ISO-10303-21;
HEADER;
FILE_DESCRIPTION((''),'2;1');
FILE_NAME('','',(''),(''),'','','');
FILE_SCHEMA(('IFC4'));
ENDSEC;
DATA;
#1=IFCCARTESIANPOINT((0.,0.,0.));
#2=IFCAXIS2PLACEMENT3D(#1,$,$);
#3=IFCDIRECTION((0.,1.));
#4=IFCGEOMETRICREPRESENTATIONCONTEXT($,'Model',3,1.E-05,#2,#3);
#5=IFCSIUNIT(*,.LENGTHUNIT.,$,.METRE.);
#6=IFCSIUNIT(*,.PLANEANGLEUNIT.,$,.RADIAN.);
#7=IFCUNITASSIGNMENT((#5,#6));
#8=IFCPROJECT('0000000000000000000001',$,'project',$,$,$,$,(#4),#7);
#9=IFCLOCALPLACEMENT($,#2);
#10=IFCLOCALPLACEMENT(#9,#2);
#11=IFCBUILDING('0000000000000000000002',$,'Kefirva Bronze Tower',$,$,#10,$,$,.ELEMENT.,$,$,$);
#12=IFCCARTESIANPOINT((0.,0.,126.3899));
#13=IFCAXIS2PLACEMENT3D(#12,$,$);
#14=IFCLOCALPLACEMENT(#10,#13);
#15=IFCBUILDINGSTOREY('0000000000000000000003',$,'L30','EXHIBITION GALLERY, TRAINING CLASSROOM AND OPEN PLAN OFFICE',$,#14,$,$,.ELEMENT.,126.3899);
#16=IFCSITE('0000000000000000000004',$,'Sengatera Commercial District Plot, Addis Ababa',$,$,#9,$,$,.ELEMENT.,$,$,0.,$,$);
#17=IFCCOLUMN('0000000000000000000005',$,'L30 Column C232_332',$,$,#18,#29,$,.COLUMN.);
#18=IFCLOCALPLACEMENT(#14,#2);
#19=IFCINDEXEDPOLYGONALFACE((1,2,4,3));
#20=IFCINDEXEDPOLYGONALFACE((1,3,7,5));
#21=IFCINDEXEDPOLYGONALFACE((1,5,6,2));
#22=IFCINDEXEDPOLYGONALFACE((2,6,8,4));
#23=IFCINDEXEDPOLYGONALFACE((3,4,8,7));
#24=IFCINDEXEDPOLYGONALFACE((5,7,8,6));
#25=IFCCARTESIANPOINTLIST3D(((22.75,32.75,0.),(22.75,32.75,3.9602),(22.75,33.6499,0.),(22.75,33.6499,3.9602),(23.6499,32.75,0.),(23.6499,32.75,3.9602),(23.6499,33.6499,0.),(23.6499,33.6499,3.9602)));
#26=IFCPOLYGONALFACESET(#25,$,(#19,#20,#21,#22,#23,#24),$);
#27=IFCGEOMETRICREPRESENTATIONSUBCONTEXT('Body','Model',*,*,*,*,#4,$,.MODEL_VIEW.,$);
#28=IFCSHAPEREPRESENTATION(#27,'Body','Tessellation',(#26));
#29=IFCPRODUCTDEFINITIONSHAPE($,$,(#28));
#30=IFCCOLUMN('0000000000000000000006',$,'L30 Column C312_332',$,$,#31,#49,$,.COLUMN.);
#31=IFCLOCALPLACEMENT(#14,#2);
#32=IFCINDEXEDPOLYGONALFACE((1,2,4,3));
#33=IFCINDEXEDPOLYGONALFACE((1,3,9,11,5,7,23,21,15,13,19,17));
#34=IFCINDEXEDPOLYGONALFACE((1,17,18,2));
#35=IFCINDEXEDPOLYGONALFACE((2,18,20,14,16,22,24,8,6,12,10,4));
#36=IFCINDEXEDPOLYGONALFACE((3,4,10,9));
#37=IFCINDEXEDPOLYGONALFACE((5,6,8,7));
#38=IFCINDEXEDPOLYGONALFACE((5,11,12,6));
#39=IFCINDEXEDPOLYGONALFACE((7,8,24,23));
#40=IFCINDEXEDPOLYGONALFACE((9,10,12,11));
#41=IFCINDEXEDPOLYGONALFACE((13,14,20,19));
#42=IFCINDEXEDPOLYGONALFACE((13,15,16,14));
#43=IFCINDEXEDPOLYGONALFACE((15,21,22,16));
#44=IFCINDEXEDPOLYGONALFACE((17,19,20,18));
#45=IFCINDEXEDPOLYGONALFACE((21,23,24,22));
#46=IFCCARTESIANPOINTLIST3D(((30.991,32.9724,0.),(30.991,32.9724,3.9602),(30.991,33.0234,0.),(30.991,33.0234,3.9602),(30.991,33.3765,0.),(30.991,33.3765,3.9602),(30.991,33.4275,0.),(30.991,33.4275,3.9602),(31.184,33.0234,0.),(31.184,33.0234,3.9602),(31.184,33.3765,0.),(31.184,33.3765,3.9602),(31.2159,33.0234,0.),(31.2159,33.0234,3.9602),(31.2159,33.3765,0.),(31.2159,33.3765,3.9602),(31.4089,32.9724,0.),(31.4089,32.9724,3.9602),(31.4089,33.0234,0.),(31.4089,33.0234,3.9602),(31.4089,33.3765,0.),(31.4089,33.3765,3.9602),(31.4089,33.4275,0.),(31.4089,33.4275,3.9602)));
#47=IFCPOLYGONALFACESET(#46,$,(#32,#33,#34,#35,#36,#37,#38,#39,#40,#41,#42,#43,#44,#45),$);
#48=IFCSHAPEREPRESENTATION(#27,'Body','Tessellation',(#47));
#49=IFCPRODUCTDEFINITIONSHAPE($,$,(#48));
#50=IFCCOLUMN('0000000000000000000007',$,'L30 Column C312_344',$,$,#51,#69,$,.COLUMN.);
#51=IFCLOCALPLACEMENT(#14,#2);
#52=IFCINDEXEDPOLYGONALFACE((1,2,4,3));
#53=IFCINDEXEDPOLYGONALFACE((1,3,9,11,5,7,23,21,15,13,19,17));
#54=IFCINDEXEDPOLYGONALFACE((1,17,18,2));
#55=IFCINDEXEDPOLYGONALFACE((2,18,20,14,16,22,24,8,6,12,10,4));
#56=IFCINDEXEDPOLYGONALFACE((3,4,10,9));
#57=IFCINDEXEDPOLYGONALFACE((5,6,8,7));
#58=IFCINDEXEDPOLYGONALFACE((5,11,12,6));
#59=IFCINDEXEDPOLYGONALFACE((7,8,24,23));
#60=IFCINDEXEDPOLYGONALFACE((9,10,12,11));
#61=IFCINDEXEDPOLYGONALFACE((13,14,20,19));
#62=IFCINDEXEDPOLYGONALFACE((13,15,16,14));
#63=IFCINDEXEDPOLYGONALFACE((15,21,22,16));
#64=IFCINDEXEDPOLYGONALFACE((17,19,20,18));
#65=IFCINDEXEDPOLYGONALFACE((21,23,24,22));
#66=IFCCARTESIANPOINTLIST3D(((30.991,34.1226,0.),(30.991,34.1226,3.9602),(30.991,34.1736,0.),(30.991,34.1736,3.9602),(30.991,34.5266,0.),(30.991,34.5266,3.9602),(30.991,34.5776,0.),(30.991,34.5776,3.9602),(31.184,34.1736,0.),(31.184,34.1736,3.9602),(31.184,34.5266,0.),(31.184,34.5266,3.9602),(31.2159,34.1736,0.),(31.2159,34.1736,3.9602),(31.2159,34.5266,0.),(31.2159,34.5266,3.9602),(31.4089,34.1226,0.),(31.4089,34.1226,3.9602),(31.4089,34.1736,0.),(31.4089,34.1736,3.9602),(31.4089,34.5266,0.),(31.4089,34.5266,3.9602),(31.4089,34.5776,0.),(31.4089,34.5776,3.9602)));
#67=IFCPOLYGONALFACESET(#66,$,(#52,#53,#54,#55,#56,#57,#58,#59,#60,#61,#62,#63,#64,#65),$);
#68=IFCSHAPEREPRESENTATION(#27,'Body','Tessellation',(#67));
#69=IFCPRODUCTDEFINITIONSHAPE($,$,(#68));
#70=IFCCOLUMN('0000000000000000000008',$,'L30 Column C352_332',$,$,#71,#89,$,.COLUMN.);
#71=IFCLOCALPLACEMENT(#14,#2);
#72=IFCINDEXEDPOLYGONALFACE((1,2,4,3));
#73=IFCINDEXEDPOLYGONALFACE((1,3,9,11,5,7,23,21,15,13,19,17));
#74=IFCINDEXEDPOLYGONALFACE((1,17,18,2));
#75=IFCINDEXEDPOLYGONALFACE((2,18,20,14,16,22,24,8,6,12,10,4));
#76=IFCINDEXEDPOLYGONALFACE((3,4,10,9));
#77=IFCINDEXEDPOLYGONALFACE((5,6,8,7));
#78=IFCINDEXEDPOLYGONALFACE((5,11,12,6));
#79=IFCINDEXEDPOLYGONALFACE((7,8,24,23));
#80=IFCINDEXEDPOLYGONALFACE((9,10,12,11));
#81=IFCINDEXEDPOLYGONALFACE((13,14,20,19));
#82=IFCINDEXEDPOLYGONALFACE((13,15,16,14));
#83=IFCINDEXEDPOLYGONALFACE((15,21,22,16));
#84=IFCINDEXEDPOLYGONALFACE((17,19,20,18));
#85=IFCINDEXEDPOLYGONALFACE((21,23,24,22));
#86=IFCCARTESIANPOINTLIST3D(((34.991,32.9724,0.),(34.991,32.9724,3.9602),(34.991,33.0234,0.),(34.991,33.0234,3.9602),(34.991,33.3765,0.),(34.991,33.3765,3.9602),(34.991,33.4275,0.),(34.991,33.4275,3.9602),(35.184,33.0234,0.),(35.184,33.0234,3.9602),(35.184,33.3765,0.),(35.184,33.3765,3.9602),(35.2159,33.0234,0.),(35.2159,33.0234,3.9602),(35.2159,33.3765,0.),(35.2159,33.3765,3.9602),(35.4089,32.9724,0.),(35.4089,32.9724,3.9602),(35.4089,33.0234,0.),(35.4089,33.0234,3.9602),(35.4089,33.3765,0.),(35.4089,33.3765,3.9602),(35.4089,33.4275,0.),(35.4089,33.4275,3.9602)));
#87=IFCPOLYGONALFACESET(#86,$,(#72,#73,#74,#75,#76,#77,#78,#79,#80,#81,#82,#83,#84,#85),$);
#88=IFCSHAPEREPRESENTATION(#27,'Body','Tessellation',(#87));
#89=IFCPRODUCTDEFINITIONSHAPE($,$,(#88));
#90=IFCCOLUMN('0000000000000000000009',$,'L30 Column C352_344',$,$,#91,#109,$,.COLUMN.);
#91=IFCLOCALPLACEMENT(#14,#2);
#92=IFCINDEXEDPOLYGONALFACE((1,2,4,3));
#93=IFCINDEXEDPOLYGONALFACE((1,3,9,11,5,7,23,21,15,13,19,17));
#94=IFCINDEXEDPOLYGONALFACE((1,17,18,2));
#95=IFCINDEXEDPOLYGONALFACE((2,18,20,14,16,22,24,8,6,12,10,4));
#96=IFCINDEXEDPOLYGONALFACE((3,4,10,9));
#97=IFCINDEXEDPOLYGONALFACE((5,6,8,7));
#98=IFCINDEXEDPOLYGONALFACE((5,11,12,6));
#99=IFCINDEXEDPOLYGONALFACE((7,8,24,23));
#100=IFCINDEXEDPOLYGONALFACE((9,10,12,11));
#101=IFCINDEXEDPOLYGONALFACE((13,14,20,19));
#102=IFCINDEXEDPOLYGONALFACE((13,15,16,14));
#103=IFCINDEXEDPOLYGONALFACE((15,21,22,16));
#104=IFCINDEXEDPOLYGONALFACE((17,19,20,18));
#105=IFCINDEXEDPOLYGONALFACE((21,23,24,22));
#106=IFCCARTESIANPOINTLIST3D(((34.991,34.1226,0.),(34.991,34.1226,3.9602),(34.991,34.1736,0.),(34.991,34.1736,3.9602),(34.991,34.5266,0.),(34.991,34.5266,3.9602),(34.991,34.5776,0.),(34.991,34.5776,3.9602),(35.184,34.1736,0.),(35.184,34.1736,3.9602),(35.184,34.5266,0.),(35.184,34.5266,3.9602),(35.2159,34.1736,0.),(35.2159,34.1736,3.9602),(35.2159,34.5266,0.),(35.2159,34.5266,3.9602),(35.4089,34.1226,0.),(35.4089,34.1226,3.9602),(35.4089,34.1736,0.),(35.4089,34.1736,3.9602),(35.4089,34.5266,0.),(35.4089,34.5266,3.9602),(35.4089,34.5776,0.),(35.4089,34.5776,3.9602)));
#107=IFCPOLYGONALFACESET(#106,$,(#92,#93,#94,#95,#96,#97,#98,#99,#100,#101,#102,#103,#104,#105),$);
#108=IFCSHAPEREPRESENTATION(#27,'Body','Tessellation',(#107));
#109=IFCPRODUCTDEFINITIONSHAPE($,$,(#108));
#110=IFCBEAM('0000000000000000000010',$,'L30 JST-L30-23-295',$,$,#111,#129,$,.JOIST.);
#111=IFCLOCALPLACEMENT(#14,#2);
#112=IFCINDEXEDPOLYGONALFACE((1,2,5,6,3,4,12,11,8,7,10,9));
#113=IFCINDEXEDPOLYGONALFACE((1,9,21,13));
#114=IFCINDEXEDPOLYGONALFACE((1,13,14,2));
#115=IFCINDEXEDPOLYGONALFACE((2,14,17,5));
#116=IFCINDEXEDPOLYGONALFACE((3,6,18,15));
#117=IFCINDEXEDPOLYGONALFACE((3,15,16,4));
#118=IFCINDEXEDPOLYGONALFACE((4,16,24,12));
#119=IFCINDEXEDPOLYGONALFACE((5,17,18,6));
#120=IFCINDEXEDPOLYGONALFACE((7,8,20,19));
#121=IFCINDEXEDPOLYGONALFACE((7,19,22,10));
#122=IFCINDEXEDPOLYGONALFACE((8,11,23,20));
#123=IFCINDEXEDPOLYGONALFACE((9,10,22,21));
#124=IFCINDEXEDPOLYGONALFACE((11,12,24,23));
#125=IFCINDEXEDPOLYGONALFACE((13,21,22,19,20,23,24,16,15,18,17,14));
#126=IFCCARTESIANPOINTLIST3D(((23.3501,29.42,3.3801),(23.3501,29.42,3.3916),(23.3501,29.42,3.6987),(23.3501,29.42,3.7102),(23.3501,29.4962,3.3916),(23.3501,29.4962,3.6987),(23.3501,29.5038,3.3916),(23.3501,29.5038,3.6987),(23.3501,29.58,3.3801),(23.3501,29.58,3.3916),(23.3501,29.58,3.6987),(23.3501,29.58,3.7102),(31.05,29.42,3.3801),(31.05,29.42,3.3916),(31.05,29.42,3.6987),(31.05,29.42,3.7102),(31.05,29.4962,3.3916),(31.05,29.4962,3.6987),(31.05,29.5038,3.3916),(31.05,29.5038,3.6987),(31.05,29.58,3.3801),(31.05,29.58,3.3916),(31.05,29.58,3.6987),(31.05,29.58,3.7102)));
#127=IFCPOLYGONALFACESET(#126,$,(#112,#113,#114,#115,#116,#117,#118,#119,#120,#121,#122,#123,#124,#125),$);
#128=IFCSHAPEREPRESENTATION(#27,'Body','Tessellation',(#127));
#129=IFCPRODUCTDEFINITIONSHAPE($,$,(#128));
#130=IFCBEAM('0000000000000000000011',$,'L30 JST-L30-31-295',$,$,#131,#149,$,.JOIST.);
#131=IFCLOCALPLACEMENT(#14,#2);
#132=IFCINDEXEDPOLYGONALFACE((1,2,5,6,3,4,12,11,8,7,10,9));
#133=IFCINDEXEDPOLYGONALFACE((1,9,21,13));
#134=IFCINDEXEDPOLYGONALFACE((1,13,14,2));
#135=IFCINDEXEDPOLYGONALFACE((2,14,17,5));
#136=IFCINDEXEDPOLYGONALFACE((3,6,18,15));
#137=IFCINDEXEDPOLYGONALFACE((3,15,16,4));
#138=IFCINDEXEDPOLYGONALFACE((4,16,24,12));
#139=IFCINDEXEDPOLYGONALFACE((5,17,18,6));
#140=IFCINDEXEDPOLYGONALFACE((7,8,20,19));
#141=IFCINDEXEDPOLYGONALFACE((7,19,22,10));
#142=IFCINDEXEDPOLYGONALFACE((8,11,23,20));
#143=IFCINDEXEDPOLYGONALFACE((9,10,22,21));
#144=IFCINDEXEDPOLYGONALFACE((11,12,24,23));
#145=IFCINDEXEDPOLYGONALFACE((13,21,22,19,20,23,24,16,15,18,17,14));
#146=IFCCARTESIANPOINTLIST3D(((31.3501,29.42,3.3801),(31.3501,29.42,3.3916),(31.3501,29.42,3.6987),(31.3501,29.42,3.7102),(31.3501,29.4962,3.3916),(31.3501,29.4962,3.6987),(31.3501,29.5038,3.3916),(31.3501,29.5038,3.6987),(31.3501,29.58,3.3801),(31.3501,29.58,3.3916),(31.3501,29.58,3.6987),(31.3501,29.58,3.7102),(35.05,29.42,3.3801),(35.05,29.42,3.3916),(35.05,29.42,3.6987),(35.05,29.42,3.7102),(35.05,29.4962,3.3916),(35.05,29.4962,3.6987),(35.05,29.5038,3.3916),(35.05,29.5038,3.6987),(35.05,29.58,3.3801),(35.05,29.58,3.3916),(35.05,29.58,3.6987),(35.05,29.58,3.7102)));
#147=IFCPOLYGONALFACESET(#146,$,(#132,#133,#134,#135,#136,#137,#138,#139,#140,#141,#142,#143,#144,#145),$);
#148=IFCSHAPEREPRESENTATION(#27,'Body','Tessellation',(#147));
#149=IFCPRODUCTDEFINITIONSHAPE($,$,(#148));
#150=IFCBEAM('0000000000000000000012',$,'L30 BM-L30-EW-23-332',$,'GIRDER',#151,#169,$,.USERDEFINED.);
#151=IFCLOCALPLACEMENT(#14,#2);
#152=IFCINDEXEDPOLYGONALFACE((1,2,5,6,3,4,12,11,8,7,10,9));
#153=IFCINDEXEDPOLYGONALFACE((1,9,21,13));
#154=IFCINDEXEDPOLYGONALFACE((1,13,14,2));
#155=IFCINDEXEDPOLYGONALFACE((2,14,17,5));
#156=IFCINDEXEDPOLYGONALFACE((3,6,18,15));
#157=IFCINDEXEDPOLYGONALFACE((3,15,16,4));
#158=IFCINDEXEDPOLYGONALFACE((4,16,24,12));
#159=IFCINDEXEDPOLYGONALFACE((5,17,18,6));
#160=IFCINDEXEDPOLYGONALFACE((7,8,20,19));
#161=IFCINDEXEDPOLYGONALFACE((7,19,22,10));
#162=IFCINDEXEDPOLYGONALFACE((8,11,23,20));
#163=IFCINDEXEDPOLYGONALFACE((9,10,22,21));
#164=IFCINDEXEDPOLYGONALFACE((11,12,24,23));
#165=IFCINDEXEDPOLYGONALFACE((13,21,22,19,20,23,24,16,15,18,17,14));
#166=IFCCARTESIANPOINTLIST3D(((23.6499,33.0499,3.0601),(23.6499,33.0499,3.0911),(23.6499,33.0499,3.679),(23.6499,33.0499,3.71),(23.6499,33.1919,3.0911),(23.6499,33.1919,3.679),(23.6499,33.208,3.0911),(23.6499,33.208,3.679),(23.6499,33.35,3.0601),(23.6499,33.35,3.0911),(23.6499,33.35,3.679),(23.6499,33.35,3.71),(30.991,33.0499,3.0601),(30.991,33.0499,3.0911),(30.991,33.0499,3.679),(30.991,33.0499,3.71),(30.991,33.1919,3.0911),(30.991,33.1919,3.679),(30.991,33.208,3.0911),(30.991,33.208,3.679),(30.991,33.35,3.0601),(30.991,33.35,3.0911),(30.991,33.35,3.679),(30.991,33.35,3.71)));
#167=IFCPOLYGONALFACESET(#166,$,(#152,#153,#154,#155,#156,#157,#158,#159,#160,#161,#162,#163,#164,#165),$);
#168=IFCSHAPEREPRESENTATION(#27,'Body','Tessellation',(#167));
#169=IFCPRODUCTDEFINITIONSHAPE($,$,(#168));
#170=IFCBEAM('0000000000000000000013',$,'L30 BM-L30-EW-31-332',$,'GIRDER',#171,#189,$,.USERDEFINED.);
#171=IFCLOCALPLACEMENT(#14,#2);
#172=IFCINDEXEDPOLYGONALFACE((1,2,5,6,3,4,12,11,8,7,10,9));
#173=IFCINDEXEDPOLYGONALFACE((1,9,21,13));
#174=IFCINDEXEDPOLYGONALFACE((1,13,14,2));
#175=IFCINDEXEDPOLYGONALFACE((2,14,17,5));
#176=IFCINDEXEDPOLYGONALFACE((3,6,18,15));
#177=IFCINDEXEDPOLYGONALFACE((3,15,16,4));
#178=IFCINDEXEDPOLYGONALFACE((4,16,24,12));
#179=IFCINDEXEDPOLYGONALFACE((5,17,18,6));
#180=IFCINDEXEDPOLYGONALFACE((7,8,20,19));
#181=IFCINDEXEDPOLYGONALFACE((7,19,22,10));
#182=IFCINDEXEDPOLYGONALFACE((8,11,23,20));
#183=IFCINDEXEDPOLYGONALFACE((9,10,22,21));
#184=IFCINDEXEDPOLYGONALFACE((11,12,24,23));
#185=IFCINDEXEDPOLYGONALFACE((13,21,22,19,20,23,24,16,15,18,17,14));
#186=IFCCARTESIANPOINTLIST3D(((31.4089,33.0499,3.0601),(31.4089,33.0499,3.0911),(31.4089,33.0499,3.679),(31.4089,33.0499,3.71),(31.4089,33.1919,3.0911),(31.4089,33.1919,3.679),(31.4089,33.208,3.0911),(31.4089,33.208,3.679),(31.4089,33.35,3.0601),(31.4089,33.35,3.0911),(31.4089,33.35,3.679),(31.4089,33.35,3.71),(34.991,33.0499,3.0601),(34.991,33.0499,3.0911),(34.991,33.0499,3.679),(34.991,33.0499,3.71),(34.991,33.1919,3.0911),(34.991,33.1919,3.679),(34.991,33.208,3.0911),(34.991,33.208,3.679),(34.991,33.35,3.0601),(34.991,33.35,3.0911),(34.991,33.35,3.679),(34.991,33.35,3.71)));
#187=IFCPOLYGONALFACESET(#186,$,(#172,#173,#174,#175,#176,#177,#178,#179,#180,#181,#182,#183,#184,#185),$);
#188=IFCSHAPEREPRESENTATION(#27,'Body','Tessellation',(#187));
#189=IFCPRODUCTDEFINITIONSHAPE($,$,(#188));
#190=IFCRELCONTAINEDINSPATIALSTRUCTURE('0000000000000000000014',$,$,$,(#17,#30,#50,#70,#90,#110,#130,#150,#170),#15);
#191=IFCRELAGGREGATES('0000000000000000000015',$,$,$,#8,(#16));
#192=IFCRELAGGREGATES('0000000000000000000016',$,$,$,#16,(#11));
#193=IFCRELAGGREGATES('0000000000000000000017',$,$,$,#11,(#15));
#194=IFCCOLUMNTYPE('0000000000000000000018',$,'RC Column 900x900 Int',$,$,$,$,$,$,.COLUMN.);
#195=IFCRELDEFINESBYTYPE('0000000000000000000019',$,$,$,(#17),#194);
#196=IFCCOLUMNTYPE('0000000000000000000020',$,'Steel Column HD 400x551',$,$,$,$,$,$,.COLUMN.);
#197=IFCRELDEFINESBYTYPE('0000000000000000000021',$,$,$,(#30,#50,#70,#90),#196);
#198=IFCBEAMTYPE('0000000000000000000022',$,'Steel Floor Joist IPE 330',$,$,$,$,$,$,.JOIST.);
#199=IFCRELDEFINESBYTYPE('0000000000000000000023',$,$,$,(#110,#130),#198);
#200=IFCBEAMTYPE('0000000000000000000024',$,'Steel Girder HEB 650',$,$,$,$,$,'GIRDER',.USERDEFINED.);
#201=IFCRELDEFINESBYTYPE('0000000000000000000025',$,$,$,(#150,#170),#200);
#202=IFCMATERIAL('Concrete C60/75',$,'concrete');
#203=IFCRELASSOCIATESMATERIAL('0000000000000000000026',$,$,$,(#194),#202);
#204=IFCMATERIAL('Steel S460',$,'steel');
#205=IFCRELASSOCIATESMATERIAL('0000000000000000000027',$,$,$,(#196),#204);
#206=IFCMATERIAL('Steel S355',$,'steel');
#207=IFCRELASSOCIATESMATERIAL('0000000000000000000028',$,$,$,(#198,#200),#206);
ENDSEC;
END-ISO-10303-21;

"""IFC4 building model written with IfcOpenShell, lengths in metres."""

from ifc_helpers import new_model, si_unit, direction, frame, origin, origin_2d, place, context, subcontext, project, spatial, rectangle, i_section, extrude, material, material_profile, profile_set, type_object, element, save


model = new_model("IFC4")

# Units and contexts
model_context = context("Model", 3, precision=1e-05, world=origin(), true_north=direction((0.0, 1.0)))
body_context = subcontext(model_context, "Body", "Model", "MODEL_VIEW")
ifc_project = project(units=[si_unit("LENGTHUNIT", "METRE"), si_unit("PLANEANGLEUNIT", "RADIAN")], contexts=[model_context])

# Site, building, storey
site_placement = place(None, origin())
site = spatial("IfcSite", under=ifc_project, at=site_placement, Name="Sengatera Commercial District Plot, Addis Ababa", CompositionType="ELEMENT", RefElevation=0.0)
building_placement = place(site_placement, origin())
building = spatial("IfcBuilding", under=site, at=building_placement, Name="Kefirva Bronze Tower", CompositionType="ELEMENT")
storey_placement = place(building_placement, frame((0.0, 0.0, 126.3899)))
storey = spatial("IfcBuildingStorey", under=building, at=storey_placement, Name="L30", Description="EXHIBITION GALLERY, TRAINING CLASSROOM AND OPEN PLAN OFFICE", CompositionType="ELEMENT", Elevation=126.3899)

# Columns
ifc_material_1 = material(Name="Concrete C60/75", Category="concrete")
ifc_material_profile_1 = material_profile(ifc_material_1, rectangle(XDim=0.8999, YDim=0.8999, at=origin_2d()), Name="RC 900x900")
ifc_profile_set_1 = profile_set([ifc_material_profile_1], Name="Concrete C60/75")
column_type_1 = type_object("IfcColumnType", Name="RC Column 900x900 Int", PredefinedType="COLUMN", material=ifc_profile_set_1)
column_placement = place(storey_placement, frame((23.2, 33.2, 0.0), z_axis=(0.0, 0.0, 1.0), x_axis=(1.0, 0.0, 0.0)))
element("IfcColumn", 1, at=column_placement, inside=storey, type_object=column_type_1, Name="L30 Column C232_332", PredefinedType="COLUMN", context=body_context, shape_type="SweptSolid", body=[
    extrude(rectangle(XDim=0.8999, YDim=0.8999, at=origin_2d()), origin(), (0.0, 0.0, 1.0), 3.9602),
])
ifc_material_2 = material(Name="Steel S460", Category="steel")
ifc_material_profile_2 = material_profile(ifc_material_2, i_section(OverallWidth=0.418, OverallDepth=0.4551, WebThickness=0.032, FlangeThickness=0.051, at=origin_2d()), Name="HD 400x551")
ifc_profile_set_2 = profile_set([ifc_material_profile_2], Name="Steel S460")
column_type_2 = type_object("IfcColumnType", Name="Steel Column HD 400x551", PredefinedType="COLUMN", material=ifc_profile_set_2)
for number, where, z_axis, x_axis, name in (
    (2, (31.2, 33.2, 0.0), (0.0, 0.0, 1.0), (1.0, 0.0, 0.0), "L30 Column C312_332"),
    (3, (31.2, 34.3501, 0.0), (0.0, 0.0, 1.0), (1.0, 0.0, 0.0), "L30 Column C312_344"),
    (4, (35.2, 33.2, 0.0), (0.0, 0.0, 1.0), (1.0, 0.0, 0.0), "L30 Column C352_332"),
    (5, (35.2, 34.3501, 0.0), (0.0, 0.0, 1.0), (1.0, 0.0, 0.0), "L30 Column C352_344"),
):
    element("IfcColumn", number, at=place(storey_placement, frame(where, z_axis=z_axis, x_axis=x_axis)), inside=storey, type_object=column_type_2, Name=name, PredefinedType="COLUMN", context=body_context, shape_type="SweptSolid", body=[
        extrude(i_section(OverallWidth=0.418, OverallDepth=0.4551, WebThickness=0.032, FlangeThickness=0.051, at=origin_2d()), origin(), (0.0, 0.0, 1.0), 3.9602),
    ])

# Beams
ifc_material_3 = material(Name="Steel S355", Category="steel")
ifc_material_profile_3 = material_profile(ifc_material_3, i_section(OverallWidth=0.1599, OverallDepth=0.3301, WebThickness=0.0076, FlangeThickness=0.0115, at=origin_2d()), Name="IPE 330")
ifc_profile_set_3 = profile_set([ifc_material_profile_3], Name="Steel S355")
beam_type_1 = type_object("IfcBeamType", Name="Steel Floor Joist IPE 330", PredefinedType="JOIST", material=ifc_profile_set_3)
beam_1_placement = place(storey_placement, frame((23.3501, 29.5, 3.5452), z_axis=(1.0, 0.0, 0.0), x_axis=(0.0, 1.0, 0.0)))
element("IfcBeam", 6, at=beam_1_placement, inside=storey, type_object=beam_type_1, Name="L30 JST-L30-23-295", PredefinedType="JOIST", context=body_context, shape_type="SweptSolid", body=[
    extrude(i_section(OverallWidth=0.1599, OverallDepth=0.3301, WebThickness=0.0076, FlangeThickness=0.0115, at=origin_2d()), origin(), (0.0, 0.0, 1.0), 7.7),
])
beam_2_placement = place(storey_placement, frame((31.3501, 29.5, 3.5452), z_axis=(1.0, 0.0, 0.0), x_axis=(0.0, 1.0, 0.0)))
element("IfcBeam", 7, at=beam_2_placement, inside=storey, type_object=beam_type_1, Name="L30 JST-L30-31-295", PredefinedType="JOIST", context=body_context, shape_type="SweptSolid", body=[
    extrude(i_section(OverallWidth=0.1599, OverallDepth=0.3301, WebThickness=0.0076, FlangeThickness=0.0115, at=origin_2d()), origin(), (0.0, 0.0, 1.0), 3.7),
])
ifc_material_profile_4 = material_profile(ifc_material_3, i_section(OverallWidth=0.3, OverallDepth=0.6499, WebThickness=0.0161, FlangeThickness=0.031, at=origin_2d()), Name="HEB 650")
ifc_profile_set_4 = profile_set([ifc_material_profile_4], Name="Steel S355")
beam_type_2 = type_object("IfcBeamType", Name="Steel Girder HEB 650", ElementType="GIRDER", PredefinedType="USERDEFINED", material=ifc_profile_set_4)
beam_3_placement = place(storey_placement, frame((23.6499, 33.2, 3.385), z_axis=(1.0, 0.0, 0.0), x_axis=(0.0, 1.0, 0.0)))
element("IfcBeam", 8, at=beam_3_placement, inside=storey, type_object=beam_type_2, Name="L30 BM-L30-EW-23-332", ObjectType="GIRDER", PredefinedType="USERDEFINED", context=body_context, shape_type="SweptSolid", body=[
    extrude(i_section(OverallWidth=0.3, OverallDepth=0.6499, WebThickness=0.0161, FlangeThickness=0.031, at=origin_2d()), origin(), (0.0, 0.0, 1.0), 7.3411),
])
for number, where, z_axis, x_axis, name in (
    (9, (31.4089, 33.2, 3.385), (1.0, 0.0, 0.0), (0.0, 1.0, 0.0), "L30 BM-L30-EW-31-332"),
):
    element("IfcBeam", number, at=place(storey_placement, frame(where, z_axis=z_axis, x_axis=x_axis)), inside=storey, type_object=beam_type_2, Name=name, ObjectType="GIRDER", PredefinedType="USERDEFINED", context=body_context, shape_type="SweptSolid", body=[
        extrude(i_section(OverallWidth=0.3, OverallDepth=0.6499, WebThickness=0.0161, FlangeThickness=0.031, at=origin_2d()), origin(), (0.0, 0.0, 1.0), 3.582),
    ])

save(model, "model.ifc")
